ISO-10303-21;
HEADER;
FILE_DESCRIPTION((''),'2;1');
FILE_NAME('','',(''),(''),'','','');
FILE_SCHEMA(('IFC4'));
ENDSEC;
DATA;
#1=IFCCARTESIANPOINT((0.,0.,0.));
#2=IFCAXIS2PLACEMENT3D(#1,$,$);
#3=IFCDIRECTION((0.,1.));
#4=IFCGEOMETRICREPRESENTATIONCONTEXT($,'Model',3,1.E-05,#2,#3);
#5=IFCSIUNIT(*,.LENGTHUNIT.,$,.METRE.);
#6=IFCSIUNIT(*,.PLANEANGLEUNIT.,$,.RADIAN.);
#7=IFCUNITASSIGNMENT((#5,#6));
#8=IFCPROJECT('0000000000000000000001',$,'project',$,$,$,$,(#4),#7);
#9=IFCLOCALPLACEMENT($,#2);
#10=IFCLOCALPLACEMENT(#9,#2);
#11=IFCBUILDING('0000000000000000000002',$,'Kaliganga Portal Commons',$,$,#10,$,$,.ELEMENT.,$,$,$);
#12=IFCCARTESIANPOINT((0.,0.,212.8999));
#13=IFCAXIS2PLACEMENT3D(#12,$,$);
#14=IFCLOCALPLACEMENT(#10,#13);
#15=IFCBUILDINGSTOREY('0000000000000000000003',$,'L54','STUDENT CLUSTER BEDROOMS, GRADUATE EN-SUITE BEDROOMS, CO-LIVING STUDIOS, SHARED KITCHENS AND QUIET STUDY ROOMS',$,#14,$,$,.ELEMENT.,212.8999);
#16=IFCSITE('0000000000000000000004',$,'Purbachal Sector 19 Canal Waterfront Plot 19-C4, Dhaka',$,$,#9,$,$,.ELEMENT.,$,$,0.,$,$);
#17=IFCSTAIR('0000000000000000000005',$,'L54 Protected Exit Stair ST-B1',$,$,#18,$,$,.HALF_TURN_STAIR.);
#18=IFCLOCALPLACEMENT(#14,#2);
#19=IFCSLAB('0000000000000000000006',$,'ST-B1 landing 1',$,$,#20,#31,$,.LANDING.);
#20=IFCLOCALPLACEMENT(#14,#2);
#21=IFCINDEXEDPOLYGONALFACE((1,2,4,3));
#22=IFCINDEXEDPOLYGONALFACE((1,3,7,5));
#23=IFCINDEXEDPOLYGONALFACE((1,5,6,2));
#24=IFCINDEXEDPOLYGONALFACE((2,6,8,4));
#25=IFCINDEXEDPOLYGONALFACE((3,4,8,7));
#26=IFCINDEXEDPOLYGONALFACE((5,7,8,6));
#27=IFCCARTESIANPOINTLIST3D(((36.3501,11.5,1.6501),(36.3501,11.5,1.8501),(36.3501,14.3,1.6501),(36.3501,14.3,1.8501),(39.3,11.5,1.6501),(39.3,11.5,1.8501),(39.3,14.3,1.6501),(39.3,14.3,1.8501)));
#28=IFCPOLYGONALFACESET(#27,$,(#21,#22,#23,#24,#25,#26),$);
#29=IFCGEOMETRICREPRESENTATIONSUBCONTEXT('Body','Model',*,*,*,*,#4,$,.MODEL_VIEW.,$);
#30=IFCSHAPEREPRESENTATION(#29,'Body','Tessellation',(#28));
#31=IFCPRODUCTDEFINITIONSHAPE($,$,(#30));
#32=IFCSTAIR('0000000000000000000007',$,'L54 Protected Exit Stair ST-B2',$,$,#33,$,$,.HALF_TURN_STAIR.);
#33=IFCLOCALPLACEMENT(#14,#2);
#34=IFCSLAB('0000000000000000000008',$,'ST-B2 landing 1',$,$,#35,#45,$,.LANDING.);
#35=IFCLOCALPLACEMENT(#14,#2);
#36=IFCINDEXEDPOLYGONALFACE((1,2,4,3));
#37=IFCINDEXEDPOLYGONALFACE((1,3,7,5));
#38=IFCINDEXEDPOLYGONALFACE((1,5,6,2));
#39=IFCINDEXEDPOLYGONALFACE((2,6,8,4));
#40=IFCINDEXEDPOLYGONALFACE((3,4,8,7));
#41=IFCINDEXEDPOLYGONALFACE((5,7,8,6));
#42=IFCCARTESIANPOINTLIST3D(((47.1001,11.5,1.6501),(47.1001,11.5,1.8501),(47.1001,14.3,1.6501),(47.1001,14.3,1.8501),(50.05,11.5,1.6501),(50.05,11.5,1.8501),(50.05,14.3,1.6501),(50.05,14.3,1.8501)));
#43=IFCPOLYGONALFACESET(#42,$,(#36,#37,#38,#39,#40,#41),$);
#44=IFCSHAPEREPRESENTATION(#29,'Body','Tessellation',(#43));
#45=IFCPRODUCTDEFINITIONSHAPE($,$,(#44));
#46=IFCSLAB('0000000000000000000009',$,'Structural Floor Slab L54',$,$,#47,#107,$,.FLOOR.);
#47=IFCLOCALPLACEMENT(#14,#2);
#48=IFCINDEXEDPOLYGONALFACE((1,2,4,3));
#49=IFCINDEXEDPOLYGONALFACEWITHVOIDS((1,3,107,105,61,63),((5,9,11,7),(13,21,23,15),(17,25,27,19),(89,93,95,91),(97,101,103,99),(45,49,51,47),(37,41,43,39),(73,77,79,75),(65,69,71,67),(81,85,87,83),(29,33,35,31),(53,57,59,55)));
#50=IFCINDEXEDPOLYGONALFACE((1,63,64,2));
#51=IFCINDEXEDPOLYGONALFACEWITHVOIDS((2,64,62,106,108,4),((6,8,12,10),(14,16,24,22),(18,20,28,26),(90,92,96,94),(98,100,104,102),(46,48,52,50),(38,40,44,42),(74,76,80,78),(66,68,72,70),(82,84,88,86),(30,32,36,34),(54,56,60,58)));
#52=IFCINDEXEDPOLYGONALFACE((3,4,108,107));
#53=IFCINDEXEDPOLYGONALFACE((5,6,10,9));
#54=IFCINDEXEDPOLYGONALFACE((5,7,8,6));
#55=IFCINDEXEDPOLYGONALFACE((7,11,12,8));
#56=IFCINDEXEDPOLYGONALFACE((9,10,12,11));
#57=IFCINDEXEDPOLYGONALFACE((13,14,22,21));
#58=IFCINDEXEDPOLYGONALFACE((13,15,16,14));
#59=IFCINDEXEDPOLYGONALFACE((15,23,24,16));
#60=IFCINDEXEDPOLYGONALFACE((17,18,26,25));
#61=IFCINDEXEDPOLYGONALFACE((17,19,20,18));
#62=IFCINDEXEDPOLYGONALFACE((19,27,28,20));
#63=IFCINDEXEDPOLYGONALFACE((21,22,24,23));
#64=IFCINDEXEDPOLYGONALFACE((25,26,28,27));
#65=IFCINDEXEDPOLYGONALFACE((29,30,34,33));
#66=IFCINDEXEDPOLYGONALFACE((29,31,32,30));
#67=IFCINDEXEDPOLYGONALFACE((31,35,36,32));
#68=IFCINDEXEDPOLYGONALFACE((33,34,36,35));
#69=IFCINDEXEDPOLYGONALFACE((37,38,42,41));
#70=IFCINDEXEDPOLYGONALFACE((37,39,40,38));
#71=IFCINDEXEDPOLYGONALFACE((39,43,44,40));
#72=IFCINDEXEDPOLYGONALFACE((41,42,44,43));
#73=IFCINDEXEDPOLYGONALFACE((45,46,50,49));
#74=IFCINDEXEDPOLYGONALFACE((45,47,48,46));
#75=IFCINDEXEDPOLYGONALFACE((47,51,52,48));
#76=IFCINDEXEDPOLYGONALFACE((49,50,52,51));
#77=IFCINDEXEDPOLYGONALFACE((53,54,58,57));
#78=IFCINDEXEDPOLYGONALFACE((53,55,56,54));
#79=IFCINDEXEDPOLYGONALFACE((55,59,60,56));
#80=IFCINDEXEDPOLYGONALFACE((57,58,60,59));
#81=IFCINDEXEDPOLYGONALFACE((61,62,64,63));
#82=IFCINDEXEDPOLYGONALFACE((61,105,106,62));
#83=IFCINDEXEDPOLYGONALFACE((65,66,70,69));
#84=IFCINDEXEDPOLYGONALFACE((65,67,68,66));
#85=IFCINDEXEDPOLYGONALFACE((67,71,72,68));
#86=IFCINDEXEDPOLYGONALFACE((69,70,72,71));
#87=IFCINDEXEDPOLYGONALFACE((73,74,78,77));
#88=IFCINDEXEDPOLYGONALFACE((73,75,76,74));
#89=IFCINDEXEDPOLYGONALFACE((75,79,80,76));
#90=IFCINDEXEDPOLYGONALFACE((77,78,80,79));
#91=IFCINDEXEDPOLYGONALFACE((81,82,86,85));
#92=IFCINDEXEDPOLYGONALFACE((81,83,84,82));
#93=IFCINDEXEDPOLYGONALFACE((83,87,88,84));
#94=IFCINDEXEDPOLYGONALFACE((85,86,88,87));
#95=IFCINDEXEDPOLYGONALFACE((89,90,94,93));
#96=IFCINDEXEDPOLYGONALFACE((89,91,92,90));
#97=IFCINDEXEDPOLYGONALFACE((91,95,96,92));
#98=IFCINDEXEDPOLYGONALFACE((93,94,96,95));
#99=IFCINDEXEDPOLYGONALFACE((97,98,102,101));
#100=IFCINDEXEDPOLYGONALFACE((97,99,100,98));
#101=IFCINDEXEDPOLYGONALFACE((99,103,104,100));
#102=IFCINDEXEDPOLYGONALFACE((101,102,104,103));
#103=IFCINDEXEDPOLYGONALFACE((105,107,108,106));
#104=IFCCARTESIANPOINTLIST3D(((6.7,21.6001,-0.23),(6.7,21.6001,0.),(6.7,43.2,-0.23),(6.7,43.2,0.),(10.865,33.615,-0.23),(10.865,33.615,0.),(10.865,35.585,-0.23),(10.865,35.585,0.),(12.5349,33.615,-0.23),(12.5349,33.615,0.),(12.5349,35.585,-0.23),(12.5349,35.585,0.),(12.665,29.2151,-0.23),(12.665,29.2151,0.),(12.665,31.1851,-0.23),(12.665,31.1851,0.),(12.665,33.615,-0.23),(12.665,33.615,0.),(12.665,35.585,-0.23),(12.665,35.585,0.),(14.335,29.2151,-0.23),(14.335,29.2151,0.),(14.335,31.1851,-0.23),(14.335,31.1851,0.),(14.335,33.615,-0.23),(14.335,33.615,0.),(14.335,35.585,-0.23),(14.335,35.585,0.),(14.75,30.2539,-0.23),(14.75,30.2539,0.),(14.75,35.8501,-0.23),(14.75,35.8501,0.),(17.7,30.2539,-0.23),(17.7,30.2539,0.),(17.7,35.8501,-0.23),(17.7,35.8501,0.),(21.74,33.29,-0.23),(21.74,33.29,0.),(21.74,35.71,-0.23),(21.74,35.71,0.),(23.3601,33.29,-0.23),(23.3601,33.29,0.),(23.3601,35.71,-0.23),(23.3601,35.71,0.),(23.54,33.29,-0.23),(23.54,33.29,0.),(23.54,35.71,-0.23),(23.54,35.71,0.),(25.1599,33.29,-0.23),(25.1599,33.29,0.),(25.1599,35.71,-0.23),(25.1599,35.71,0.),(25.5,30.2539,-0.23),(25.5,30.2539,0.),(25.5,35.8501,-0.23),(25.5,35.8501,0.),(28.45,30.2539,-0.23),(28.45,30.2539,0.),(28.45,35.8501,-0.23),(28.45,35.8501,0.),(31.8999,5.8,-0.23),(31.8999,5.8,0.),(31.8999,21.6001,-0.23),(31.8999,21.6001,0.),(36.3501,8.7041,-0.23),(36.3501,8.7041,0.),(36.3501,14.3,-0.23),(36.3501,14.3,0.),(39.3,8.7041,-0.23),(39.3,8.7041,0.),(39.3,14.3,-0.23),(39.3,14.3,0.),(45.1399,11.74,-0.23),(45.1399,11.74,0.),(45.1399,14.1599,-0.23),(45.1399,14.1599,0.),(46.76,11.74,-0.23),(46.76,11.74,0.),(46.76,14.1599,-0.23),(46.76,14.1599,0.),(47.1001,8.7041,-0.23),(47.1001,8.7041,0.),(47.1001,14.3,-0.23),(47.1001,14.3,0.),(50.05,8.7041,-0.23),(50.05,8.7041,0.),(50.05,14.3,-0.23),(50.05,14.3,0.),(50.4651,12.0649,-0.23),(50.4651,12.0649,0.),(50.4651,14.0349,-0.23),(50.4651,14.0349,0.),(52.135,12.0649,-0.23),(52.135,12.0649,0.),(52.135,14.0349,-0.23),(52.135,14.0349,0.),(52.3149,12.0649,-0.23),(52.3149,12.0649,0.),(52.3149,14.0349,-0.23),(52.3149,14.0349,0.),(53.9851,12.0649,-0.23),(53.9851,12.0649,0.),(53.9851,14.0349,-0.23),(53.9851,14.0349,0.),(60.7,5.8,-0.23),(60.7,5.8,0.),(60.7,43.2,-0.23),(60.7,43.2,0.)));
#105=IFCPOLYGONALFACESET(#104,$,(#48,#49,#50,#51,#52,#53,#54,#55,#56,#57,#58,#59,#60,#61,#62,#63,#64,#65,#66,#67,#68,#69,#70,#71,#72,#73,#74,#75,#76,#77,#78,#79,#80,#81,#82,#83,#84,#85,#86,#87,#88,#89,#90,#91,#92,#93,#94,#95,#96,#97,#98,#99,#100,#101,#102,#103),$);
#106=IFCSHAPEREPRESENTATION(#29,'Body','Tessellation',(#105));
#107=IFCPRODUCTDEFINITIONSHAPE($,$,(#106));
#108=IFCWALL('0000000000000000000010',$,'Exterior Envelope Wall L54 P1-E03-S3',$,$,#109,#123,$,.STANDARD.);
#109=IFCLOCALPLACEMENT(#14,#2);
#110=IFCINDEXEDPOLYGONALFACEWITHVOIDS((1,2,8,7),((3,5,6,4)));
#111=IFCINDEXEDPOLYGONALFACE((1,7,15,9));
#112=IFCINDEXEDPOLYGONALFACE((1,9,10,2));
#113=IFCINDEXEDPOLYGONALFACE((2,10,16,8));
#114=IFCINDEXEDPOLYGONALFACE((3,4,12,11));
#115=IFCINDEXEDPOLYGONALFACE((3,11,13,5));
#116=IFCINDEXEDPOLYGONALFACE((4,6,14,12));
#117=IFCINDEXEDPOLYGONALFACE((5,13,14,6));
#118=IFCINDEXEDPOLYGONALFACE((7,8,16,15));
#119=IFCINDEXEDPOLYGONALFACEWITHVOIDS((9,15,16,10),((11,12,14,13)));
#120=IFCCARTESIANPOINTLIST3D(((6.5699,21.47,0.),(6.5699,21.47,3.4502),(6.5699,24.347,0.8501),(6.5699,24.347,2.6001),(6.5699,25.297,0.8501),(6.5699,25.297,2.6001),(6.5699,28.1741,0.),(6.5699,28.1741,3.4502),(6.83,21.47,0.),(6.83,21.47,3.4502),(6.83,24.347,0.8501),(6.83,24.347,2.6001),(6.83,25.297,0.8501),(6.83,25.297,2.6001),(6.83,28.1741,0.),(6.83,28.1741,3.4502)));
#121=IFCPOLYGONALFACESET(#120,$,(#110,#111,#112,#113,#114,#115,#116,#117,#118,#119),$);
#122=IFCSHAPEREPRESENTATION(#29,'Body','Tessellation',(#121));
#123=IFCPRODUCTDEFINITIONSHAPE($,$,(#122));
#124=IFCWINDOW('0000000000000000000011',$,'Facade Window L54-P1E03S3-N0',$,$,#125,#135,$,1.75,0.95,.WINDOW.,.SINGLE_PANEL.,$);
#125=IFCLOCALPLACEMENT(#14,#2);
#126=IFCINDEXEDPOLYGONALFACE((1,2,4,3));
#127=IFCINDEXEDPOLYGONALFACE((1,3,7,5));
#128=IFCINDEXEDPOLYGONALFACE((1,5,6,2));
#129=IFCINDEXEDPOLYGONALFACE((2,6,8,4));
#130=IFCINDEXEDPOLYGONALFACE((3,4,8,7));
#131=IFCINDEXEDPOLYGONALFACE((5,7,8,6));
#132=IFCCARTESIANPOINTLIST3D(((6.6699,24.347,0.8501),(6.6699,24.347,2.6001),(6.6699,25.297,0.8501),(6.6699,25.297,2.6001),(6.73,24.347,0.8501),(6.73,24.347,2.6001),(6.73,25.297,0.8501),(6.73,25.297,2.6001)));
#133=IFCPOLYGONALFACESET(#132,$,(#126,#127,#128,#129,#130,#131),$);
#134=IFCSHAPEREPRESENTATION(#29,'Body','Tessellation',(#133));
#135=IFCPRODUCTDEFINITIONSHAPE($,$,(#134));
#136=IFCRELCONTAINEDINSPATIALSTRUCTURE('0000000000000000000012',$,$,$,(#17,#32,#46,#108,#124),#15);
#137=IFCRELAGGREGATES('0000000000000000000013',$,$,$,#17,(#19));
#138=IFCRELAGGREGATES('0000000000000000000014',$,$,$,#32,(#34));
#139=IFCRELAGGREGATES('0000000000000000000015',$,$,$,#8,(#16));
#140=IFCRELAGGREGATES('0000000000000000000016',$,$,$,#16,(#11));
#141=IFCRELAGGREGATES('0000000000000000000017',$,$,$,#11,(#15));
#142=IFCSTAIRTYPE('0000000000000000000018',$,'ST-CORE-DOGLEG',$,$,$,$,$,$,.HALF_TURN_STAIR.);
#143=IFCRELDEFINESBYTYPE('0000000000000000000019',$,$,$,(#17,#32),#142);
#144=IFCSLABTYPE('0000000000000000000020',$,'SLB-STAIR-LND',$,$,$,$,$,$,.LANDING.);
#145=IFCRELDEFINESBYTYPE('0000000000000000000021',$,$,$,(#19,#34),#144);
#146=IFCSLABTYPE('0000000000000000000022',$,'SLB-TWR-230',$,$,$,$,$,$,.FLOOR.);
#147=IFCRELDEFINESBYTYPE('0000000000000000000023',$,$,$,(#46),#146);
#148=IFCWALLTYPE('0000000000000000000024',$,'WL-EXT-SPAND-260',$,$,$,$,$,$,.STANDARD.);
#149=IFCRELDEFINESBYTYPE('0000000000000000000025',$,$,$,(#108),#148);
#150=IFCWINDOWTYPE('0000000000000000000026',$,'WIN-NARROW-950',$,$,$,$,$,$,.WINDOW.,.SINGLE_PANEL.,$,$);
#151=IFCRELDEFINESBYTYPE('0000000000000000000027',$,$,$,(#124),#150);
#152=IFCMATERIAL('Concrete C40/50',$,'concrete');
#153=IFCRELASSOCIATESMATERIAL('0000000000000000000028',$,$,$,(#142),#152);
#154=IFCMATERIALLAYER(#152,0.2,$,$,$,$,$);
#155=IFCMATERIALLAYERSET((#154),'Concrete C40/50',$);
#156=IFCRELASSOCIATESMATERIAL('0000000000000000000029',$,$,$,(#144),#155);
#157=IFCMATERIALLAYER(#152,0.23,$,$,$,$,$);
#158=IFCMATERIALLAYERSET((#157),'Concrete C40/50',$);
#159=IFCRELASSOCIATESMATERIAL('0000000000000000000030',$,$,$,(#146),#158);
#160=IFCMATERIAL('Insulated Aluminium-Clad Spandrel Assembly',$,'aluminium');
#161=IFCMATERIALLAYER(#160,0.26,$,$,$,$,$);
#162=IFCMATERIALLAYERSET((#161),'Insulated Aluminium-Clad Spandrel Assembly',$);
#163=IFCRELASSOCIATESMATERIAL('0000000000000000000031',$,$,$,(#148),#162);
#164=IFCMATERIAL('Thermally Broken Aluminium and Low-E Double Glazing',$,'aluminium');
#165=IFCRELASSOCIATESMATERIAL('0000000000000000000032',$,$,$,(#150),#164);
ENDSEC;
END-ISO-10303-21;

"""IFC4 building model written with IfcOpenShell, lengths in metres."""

from ifc_helpers import new_model, si_unit, direction, frame, frame_2d, origin, place, context, subcontext, project, spatial, polyline, rectangle, outline, extrude, material, layer, layer_set, type_object, element, fill, aggregate, save


model = new_model("IFC4")

# Units and contexts
model_context = context("Model", 3, precision=1e-05, world=origin(), true_north=direction((0.0, 1.0)))
body_context = subcontext(model_context, "Body", "Model", "MODEL_VIEW")
ifc_project = project(units=[si_unit("LENGTHUNIT", "METRE"), si_unit("PLANEANGLEUNIT", "RADIAN")], contexts=[model_context])

# Site, building, storey
site_placement = place(None, origin())
site = spatial("IfcSite", under=ifc_project, at=site_placement, Name="Purbachal Sector 19 Canal Waterfront Plot 19-C4, Dhaka", CompositionType="ELEMENT", RefElevation=0.0)
building_placement = place(site_placement, origin())
building = spatial("IfcBuilding", under=site, at=building_placement, Name="Kaliganga Portal Commons", CompositionType="ELEMENT")
storey_placement = place(building_placement, frame((0.0, 0.0, 212.8999)))
storey = spatial("IfcBuildingStorey", under=building, at=storey_placement, Name="L54", Description="STUDENT CLUSTER BEDROOMS, GRADUATE EN-SUITE BEDROOMS, CO-LIVING STUDIOS, SHARED KITCHENS AND QUIET STUDY ROOMS", CompositionType="ELEMENT", Elevation=212.8999)

# Shared definitions
ifc_material_1 = material(Name="Concrete C40/50", Category="concrete")

# Stairs, slabs
stair_type = type_object("IfcStairType", Name="ST-CORE-DOGLEG", PredefinedType="HALF_TURN_STAIR", material=ifc_material_1)
ifc_layer_1 = layer(ifc_material_1, 0.2)
ifc_layer_set_1 = layer_set([ifc_layer_1], Name="Concrete C40/50")
slab_type_1 = type_object("IfcSlabType", Name="SLB-STAIR-LND", PredefinedType="LANDING", material=ifc_layer_set_1)
stair_1_placement = place(storey_placement, origin())
stair_1 = element("IfcStair", 1, at=stair_1_placement, inside=storey, type_object=stair_type, Name="L54 Protected Exit Stair ST-B1", PredefinedType="HALF_TURN_STAIR")
slab_1_placement = place(storey_placement, frame((0.0, 0.0, 1.6501)))
slab_1 = element("IfcSlab", 2, at=slab_1_placement, type_object=slab_type_1, Name="ST-B1 landing 1", PredefinedType="LANDING", context=body_context, shape_type="SweptSolid", body=[
    extrude(outline(polyline([(39.3, 11.5), (39.3, 14.3), (36.3501, 14.3), (36.3501, 11.5), (39.3, 11.5)])), origin(), (0.0, 0.0, 1.0), 0.2),
])
aggregate(stair_1, [slab_1])
stair_2_placement = place(storey_placement, origin())
stair_2 = element("IfcStair", 3, at=stair_2_placement, inside=storey, type_object=stair_type, Name="L54 Protected Exit Stair ST-B2", PredefinedType="HALF_TURN_STAIR")
slab_2_placement = place(storey_placement, frame((0.0, 0.0, 1.6501)))
slab_2 = element("IfcSlab", 4, at=slab_2_placement, type_object=slab_type_1, Name="ST-B2 landing 1", PredefinedType="LANDING", context=body_context, shape_type="SweptSolid", body=[
    extrude(outline(polyline([(50.05, 11.5), (50.05, 14.3), (47.1001, 14.3), (47.1001, 11.5), (50.05, 11.5)])), origin(), (0.0, 0.0, 1.0), 0.2),
])
aggregate(stair_2, [slab_2])

# Slab
ifc_layer_2 = layer(ifc_material_1, 0.23)
ifc_layer_set_2 = layer_set([ifc_layer_2], Name="Concrete C40/50")
slab_type_2 = type_object("IfcSlabType", Name="SLB-TWR-230", PredefinedType="FLOOR", material=ifc_layer_set_2)
slab_3_placement = place(storey_placement, frame((0.0, 0.0, -0.23)))
element("IfcSlab", 5, at=slab_3_placement, inside=storey, type_object=slab_type_2, Name="Structural Floor Slab L54", PredefinedType="FLOOR", context=body_context, shape_type="SweptSolid", body=[
    extrude(outline(polyline([(31.8999, 5.8), (60.7, 5.8), (60.7, 43.2), (6.7, 43.2), (6.7, 21.6001), (31.8999, 21.6001), (31.8999, 5.8)]), holes=[polyline([(14.75, 30.2539), (14.75, 35.8501), (17.7, 35.8501), (17.7, 30.2539), (14.75, 30.2539)]), polyline([(25.5, 30.2539), (25.5, 35.8501), (28.45, 35.8501), (28.45, 30.2539), (25.5, 30.2539)]), polyline([(36.3501, 8.7041), (36.3501, 14.3), (39.3, 14.3), (39.3, 8.7041), (36.3501, 8.7041)]), polyline([(47.1001, 8.7041), (47.1001, 14.3), (50.05, 14.3), (50.05, 8.7041), (47.1001, 8.7041)]), polyline([(12.665, 33.615), (12.665, 35.585), (14.335, 35.585), (14.335, 33.615), (12.665, 33.615)]), polyline([(12.665, 29.2151), (12.665, 31.1851), (14.335, 31.1851), (14.335, 29.2151), (12.665, 29.2151)]), polyline([(10.865, 33.615), (10.865, 35.585), (12.5349, 35.585), (12.5349, 33.615), (10.865, 33.615)]), polyline([(21.74, 33.29), (21.74, 35.71), (23.3601, 35.71), (23.3601, 33.29), (21.74, 33.29)]), polyline([(23.54, 33.29), (23.54, 35.71), (25.1599, 35.71), (25.1599, 33.29), (23.54, 33.29)]), polyline([(50.4651, 12.0649), (50.4651, 14.0349), (52.135, 14.0349), (52.135, 12.0649), (50.4651, 12.0649)]), polyline([(52.3149, 12.0649), (52.3149, 14.0349), (53.9851, 14.0349), (53.9851, 12.0649), (52.3149, 12.0649)]), polyline([(45.1399, 11.74), (45.1399, 14.1599), (46.76, 14.1599), (46.76, 11.74), (45.1399, 11.74)])]), origin(), (0.0, 0.0, 1.0), 0.23),
])

# Wall, opening, window
ifc_material_2 = material(Name="Insulated Aluminium-Clad Spandrel Assembly", Category="aluminium")
ifc_layer_3 = layer(ifc_material_2, 0.26)
ifc_layer_set_3 = layer_set([ifc_layer_3], Name="Insulated Aluminium-Clad Spandrel Assembly")
wall_type_1 = type_object("IfcWallType", Name="WL-EXT-SPAND-260", PredefinedType="STANDARD", material=ifc_layer_set_3)
wall_1_placement = place(storey_placement, frame((6.7, 21.47, 0.0), z_axis=(0.0, 0.0, 1.0), x_axis=(0.0, 1.0, 0.0)))
wall_1 = element("IfcWall", 6, at=wall_1_placement, inside=storey, type_object=wall_type_1, Name="Exterior Envelope Wall L54 P1-E03-S3", PredefinedType="STANDARD", context=body_context, shape_type="SweptSolid", body=[
    extrude(rectangle(XDim=6.7041, YDim=0.26, at=frame_2d((3.3521, 0.0))), origin(), (0.0, 0.0, 1.0), 3.4502),
])
opening_1_placement = place(wall_1_placement, frame((2.877, 0.0, 0.8501)))
opening_1 = element("IfcOpeningElement", 7, at=opening_1_placement, cuts=wall_1, PredefinedType="OPENING", context=body_context, shape_type="SweptSolid", body=[
    extrude(rectangle(XDim=0.95, YDim=1.75, at=frame_2d((0.4751, 0.875))), frame((0.0, 0.1401, 0.0), z_axis=(0.0, -1.0, 0.0), x_axis=(1.0, 0.0, 0.0)), (0.0, 0.0, 1.0), 0.28),
])
ifc_material_3 = material(Name="Thermally Broken Aluminium and Low-E Double Glazing", Category="aluminium")
window_type_1 = type_object("IfcWindowType", Name="WIN-NARROW-950", PartitioningType="SINGLE_PANEL", PredefinedType="WINDOW", material=ifc_material_3)
window_1_placement = place(opening_1_placement, origin())
window_1 = element("IfcWindow", 8, at=window_1_placement, inside=storey, type_object=window_type_1, Name="Facade Window L54-P1E03S3-N0", OverallHeight=1.75, OverallWidth=0.95, PartitioningType="SINGLE_PANEL", PredefinedType="WINDOW", context=body_context, shape_type="SweptSolid", body=[
    extrude(rectangle(XDim=0.95, YDim=1.75, at=frame_2d((0.4751, 0.875))), frame((0.0, 0.03, 0.0), z_axis=(0.0, -1.0, 0.0), x_axis=(1.0, 0.0, 0.0)), (0.0, 0.0, 1.0), 0.0601),
])
fill(opening_1, window_1)

save(model, "model.ifc")
